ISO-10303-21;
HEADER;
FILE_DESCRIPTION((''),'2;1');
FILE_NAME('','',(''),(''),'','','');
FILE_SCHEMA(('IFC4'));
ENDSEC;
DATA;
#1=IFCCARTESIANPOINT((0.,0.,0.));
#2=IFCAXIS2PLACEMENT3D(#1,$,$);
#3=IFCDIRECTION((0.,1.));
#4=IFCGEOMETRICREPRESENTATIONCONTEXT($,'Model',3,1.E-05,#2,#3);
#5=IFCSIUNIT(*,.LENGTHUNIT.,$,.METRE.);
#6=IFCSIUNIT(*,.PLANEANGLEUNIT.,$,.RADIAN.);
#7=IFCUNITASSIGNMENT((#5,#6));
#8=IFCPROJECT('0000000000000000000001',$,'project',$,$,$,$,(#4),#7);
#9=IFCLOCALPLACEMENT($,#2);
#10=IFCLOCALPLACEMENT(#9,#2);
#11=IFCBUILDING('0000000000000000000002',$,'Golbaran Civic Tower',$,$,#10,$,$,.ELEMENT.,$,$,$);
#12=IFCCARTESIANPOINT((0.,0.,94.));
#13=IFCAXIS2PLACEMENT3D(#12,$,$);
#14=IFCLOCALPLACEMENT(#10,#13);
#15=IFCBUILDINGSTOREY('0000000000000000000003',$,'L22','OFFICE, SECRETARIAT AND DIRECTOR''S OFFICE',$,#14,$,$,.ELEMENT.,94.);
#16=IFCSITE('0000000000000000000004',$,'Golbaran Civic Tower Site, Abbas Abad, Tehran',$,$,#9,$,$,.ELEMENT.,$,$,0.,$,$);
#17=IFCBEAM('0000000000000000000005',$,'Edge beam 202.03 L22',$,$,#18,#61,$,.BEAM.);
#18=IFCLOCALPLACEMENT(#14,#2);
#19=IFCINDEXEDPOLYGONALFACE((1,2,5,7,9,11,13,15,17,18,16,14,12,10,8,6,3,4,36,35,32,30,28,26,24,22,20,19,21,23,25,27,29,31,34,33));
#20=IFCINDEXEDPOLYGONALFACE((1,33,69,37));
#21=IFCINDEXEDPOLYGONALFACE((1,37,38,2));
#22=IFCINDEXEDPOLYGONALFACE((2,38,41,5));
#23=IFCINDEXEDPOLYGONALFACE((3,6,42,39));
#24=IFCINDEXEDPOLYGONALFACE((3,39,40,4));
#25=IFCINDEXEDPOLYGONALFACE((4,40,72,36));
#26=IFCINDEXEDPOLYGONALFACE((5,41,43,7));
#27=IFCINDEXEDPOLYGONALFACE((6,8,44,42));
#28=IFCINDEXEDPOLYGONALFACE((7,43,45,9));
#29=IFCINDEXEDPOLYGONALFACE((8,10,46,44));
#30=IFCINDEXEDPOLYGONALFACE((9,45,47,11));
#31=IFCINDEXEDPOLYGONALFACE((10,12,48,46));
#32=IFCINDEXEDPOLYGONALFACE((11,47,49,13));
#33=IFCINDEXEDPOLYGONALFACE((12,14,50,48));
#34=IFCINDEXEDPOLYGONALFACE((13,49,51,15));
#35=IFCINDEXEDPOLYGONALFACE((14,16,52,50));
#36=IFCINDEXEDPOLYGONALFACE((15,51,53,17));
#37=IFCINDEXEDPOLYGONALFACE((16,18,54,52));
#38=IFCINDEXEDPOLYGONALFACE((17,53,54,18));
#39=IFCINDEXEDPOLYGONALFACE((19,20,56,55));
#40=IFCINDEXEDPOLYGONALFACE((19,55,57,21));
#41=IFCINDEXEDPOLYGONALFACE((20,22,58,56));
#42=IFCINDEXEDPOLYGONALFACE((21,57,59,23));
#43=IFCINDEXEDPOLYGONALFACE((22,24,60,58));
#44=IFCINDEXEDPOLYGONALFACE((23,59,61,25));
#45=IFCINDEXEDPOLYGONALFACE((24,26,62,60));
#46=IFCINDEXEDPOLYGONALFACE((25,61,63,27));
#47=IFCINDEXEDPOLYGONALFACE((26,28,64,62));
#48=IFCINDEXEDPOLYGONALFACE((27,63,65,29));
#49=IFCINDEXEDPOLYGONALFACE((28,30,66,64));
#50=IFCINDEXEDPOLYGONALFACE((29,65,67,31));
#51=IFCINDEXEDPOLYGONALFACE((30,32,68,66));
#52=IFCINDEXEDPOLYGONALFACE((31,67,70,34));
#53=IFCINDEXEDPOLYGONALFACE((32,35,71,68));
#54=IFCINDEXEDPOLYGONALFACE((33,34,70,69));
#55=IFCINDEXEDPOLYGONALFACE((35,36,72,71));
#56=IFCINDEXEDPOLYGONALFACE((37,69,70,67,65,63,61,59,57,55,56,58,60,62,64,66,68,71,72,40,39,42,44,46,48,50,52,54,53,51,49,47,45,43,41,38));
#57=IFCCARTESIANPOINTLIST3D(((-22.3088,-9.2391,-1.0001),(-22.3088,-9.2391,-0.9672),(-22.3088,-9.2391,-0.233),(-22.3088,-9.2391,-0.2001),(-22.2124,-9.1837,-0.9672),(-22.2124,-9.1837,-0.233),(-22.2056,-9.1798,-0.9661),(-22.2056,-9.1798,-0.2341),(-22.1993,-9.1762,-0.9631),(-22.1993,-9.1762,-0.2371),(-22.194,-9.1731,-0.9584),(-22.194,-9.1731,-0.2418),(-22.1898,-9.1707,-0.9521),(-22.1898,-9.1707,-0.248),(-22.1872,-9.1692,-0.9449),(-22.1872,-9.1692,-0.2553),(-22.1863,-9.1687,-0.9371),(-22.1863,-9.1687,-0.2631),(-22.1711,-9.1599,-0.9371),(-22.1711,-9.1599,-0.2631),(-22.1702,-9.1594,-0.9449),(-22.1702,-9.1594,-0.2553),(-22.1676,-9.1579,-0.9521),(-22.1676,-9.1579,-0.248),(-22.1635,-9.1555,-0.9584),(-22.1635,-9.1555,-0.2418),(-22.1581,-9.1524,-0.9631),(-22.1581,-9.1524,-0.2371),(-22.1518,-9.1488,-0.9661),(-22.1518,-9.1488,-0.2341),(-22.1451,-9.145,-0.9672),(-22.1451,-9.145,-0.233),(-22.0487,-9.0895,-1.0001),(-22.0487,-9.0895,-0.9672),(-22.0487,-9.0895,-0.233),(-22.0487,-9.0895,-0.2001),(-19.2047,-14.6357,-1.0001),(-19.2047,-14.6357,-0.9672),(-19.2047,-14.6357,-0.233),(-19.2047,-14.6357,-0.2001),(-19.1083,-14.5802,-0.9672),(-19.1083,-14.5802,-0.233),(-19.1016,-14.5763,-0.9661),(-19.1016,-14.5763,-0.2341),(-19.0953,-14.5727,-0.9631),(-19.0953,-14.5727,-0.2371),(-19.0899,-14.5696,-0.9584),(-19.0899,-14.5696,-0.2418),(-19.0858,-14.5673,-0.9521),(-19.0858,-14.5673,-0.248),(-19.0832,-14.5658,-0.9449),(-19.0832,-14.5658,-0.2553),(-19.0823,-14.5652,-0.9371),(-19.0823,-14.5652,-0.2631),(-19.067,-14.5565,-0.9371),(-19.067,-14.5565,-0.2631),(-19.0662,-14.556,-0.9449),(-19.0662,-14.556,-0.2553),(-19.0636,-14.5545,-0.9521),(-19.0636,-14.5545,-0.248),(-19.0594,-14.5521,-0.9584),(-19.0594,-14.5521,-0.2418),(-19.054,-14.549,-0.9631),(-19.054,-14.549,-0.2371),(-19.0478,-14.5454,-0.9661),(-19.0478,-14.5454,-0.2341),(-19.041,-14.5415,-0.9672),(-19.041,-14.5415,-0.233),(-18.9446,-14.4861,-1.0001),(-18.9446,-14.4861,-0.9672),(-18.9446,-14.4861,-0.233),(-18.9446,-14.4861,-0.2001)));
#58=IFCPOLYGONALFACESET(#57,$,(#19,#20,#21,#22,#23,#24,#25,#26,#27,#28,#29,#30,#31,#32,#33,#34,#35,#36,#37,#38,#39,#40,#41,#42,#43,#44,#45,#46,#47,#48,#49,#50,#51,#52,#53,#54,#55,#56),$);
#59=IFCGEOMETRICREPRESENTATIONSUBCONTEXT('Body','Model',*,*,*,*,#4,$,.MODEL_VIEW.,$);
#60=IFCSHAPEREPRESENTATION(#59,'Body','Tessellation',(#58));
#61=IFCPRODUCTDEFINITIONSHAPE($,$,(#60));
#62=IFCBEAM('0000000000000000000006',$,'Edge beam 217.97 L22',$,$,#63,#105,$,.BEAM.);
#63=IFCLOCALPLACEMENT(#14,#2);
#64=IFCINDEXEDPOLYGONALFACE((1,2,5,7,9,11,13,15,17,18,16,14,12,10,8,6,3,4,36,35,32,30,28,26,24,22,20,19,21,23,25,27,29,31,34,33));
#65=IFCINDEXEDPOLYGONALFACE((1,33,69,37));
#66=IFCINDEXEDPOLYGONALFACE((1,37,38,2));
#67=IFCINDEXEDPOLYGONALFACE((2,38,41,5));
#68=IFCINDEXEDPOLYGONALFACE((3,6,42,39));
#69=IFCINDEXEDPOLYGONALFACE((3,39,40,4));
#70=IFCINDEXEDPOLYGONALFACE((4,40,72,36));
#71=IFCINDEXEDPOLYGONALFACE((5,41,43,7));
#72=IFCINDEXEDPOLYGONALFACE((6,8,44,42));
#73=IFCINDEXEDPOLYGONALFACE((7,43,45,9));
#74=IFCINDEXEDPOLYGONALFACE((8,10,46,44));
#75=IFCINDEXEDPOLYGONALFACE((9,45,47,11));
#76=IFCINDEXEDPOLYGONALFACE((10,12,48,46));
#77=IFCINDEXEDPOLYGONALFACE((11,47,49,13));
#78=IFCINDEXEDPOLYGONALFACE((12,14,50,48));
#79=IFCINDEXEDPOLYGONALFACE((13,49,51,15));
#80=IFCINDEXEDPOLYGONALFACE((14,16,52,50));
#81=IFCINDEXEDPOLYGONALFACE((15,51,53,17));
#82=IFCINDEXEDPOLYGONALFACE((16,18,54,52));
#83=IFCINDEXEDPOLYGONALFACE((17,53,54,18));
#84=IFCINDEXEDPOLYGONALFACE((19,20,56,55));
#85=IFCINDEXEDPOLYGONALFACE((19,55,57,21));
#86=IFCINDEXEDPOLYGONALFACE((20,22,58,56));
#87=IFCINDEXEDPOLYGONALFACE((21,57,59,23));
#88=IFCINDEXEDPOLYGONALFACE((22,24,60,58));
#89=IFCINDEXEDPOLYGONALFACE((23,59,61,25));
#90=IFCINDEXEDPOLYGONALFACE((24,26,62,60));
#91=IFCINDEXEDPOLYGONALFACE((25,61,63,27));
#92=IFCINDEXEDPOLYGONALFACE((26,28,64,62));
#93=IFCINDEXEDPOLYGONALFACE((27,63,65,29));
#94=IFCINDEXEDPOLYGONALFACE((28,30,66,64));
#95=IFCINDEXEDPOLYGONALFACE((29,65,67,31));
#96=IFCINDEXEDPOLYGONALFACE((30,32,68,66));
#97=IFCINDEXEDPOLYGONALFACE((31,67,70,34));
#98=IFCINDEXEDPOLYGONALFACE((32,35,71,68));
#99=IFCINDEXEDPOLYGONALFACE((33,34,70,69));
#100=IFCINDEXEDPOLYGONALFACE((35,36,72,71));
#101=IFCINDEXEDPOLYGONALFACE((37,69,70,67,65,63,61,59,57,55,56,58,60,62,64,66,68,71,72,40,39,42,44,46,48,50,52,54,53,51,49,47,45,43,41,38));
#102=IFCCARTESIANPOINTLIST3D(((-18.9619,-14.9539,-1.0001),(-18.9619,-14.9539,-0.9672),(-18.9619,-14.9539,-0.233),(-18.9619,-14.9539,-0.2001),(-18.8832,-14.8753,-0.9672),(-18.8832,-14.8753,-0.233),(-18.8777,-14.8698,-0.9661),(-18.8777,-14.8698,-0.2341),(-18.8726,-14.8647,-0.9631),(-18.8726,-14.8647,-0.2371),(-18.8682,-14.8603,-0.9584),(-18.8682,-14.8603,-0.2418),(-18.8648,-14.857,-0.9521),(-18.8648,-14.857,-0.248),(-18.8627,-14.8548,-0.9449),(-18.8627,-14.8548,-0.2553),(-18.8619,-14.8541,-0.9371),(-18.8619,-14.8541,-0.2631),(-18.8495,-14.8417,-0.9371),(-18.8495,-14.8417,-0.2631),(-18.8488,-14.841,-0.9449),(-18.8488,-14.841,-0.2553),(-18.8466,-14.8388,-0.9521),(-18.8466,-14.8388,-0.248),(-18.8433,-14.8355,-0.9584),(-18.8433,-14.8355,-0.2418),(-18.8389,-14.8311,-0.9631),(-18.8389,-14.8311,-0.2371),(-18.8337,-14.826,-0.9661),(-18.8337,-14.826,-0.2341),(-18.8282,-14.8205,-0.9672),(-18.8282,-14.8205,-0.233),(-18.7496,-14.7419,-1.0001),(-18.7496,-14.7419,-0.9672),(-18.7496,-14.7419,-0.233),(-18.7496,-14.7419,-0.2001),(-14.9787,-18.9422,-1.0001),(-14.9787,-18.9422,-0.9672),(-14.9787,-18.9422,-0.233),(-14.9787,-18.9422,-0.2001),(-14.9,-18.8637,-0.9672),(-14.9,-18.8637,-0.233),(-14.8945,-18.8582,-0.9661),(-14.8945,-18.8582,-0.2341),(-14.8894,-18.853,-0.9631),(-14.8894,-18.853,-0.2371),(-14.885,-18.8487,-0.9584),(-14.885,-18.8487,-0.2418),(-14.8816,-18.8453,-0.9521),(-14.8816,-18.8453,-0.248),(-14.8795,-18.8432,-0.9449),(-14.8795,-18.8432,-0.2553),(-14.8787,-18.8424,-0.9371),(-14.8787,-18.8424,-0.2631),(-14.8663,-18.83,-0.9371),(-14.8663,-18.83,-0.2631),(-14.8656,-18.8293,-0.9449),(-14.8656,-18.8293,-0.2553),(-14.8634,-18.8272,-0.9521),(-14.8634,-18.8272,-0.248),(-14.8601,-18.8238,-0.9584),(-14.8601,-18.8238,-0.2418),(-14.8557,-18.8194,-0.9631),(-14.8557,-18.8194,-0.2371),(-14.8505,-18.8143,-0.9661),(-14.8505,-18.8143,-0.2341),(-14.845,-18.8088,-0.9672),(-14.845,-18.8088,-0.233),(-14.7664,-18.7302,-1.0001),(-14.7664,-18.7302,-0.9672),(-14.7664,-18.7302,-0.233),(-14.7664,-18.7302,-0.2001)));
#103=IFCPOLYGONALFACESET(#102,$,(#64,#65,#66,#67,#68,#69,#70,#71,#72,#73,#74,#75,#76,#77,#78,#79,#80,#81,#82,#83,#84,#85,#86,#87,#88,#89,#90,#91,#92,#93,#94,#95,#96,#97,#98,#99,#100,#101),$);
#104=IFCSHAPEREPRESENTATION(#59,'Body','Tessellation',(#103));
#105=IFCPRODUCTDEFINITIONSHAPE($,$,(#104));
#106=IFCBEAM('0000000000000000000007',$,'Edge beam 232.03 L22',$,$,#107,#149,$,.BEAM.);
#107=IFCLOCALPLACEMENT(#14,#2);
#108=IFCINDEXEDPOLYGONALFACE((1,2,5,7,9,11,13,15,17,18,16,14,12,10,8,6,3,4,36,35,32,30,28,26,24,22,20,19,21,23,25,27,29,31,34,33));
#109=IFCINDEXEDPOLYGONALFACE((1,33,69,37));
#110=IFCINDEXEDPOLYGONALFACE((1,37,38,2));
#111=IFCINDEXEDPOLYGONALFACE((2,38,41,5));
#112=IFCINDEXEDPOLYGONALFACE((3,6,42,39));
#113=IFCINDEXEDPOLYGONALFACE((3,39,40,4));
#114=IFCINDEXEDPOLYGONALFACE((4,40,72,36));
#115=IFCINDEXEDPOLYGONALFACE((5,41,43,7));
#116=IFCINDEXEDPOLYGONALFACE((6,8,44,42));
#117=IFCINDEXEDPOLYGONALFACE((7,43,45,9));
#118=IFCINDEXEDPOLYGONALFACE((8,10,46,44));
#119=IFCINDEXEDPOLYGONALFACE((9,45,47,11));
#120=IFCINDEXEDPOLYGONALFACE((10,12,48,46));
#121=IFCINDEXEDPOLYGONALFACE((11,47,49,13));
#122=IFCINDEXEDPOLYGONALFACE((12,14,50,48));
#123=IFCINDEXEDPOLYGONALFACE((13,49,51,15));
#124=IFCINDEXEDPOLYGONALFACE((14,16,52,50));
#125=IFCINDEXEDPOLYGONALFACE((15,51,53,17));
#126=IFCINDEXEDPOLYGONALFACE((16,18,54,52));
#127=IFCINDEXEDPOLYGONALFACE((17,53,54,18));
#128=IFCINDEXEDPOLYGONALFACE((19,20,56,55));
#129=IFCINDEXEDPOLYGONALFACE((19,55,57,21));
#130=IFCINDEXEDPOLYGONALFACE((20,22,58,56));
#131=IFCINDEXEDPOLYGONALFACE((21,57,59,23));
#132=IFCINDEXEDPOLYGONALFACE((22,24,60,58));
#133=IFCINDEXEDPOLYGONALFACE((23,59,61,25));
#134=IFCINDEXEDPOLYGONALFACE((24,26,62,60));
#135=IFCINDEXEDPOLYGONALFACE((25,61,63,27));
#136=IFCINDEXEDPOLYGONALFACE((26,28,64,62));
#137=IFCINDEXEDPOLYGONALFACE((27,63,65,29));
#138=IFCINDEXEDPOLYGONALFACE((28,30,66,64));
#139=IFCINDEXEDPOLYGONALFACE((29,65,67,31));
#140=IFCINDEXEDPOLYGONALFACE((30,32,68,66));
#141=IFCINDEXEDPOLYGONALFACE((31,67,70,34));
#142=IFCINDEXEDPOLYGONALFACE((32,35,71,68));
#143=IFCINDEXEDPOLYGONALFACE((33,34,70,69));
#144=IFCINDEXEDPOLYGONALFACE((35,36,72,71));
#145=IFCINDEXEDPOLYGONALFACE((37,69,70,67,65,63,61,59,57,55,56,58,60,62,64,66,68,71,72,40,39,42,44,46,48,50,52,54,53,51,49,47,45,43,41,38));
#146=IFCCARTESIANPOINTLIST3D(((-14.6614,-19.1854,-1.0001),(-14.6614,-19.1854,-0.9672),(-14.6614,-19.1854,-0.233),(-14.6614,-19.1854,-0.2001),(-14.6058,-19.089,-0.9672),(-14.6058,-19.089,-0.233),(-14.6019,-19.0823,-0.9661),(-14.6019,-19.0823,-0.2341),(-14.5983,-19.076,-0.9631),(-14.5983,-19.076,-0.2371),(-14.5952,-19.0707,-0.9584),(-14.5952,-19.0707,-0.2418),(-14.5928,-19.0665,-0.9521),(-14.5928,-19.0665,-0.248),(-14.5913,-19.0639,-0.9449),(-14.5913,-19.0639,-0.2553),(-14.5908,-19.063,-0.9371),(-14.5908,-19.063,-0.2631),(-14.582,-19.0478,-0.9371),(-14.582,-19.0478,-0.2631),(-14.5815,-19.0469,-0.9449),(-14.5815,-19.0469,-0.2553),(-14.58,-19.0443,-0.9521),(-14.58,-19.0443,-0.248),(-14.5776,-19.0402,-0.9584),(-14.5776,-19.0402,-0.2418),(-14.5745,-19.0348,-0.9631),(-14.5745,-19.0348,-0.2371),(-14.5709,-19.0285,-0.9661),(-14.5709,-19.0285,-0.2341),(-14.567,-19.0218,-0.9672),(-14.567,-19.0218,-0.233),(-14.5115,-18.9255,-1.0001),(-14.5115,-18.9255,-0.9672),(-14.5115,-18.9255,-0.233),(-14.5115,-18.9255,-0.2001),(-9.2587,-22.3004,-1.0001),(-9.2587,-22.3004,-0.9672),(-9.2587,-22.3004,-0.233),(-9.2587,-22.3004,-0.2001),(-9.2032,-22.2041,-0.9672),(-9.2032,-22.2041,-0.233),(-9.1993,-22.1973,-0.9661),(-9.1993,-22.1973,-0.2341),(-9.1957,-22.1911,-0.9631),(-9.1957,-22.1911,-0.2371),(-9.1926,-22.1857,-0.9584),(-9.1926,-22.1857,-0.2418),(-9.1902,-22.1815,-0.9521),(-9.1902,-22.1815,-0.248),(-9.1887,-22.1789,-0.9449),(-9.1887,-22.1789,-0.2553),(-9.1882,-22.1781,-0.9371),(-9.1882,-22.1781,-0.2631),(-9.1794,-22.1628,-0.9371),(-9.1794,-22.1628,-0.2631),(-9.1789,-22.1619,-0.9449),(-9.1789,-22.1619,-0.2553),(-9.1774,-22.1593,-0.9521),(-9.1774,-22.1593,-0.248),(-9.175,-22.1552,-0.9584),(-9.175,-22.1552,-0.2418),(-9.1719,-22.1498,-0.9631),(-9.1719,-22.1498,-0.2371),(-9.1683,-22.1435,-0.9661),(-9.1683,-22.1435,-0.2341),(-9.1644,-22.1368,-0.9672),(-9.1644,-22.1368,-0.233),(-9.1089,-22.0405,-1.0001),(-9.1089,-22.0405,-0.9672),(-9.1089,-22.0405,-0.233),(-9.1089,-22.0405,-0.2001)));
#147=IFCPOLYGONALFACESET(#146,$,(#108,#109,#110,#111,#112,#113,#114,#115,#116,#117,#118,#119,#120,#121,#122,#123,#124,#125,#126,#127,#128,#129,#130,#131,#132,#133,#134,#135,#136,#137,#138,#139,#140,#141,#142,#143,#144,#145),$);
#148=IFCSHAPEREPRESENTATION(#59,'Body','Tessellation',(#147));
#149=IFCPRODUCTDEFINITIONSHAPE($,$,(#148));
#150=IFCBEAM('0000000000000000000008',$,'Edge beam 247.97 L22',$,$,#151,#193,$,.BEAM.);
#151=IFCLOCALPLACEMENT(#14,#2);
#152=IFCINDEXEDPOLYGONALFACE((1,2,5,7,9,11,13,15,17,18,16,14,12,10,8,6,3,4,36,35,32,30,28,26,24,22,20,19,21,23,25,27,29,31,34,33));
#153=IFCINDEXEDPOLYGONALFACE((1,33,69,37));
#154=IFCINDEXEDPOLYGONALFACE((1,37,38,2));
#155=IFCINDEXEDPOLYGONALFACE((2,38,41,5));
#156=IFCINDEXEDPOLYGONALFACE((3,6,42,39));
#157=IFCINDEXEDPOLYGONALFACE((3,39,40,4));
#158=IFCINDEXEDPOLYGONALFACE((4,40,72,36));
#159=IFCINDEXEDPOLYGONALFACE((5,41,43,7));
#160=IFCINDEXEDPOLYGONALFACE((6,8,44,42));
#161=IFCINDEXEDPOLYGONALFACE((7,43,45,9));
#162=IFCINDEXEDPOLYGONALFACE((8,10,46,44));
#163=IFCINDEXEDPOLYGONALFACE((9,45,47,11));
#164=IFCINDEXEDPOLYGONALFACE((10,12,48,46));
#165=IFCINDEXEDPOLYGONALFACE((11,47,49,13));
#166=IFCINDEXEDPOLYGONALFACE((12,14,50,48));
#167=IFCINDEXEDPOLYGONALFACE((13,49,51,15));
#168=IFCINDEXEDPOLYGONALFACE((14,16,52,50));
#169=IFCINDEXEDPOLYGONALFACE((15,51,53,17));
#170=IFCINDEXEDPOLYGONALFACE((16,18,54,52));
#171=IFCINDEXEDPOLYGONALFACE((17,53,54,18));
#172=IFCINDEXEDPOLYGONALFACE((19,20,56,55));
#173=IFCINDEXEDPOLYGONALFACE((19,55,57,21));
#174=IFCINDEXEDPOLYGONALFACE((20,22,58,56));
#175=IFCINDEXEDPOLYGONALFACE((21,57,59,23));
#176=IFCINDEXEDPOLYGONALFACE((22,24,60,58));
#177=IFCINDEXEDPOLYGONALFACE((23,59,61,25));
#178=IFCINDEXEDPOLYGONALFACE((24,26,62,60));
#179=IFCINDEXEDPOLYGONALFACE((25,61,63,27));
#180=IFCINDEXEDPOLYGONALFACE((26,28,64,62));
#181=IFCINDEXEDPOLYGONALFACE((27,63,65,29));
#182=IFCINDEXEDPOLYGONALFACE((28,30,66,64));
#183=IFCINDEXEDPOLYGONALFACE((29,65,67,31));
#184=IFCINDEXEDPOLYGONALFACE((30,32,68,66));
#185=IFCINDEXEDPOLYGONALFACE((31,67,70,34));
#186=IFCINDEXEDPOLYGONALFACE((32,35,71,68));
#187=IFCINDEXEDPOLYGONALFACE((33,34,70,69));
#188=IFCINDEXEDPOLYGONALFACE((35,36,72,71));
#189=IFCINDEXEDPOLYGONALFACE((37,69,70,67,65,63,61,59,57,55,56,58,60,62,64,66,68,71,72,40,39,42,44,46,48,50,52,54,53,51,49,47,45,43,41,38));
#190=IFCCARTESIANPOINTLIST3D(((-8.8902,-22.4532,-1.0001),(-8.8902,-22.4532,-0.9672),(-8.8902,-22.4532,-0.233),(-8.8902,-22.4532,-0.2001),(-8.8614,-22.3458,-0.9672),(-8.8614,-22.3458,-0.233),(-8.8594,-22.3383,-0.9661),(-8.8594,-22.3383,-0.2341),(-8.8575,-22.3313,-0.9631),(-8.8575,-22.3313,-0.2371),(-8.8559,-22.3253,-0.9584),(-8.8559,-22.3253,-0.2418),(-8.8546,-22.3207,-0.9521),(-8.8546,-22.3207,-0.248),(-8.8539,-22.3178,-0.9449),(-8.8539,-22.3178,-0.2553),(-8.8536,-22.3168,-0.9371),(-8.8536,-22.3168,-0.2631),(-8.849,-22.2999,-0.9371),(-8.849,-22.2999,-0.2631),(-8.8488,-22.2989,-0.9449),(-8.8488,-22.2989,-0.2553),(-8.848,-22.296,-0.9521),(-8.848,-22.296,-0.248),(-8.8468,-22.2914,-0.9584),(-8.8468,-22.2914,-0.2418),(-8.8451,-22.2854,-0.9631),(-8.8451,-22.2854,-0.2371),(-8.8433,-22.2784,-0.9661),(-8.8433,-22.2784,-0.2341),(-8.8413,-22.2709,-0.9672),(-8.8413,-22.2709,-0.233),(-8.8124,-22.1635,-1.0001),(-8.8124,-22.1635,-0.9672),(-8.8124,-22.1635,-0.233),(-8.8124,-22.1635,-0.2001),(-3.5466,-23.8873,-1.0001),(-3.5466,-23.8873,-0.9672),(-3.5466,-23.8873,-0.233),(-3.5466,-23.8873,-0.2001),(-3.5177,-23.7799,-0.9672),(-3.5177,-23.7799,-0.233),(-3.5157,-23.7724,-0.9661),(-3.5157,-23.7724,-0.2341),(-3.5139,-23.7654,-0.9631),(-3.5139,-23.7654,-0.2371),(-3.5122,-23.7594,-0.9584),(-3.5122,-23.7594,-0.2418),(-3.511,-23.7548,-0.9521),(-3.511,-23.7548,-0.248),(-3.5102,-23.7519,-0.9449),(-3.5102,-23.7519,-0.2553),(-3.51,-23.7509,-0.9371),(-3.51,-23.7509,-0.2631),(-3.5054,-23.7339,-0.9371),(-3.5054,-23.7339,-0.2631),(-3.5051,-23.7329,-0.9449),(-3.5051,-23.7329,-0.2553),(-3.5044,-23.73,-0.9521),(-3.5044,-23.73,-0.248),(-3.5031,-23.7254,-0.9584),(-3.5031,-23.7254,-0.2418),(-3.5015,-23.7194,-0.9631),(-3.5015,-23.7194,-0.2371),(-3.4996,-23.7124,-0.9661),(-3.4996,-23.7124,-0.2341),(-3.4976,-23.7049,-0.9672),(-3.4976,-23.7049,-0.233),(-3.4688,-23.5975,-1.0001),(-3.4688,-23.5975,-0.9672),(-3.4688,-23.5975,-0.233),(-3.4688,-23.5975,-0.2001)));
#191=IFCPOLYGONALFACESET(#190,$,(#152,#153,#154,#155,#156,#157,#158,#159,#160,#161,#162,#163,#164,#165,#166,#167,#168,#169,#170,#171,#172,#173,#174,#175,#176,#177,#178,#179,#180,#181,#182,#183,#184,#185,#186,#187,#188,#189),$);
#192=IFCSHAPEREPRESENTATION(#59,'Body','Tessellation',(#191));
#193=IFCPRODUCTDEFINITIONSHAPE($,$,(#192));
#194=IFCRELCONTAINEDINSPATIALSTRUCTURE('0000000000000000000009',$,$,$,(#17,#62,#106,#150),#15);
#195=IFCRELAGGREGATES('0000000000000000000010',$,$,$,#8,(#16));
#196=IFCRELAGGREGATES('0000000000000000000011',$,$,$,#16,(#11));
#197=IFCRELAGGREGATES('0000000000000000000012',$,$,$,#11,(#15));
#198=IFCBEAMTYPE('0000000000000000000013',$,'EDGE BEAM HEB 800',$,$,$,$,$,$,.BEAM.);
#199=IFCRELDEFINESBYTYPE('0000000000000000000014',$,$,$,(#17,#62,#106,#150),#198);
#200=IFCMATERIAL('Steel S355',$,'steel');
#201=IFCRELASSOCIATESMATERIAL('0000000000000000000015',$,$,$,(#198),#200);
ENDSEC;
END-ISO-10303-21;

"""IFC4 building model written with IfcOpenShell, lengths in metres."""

from ifc_helpers import new_model, si_unit, direction, frame, origin, origin_2d, place, context, subcontext, project, spatial, i_section, extrude, material, material_profile, profile_set, type_object, element, save


model = new_model("IFC4")

# Units and contexts
model_context = context("Model", 3, precision=1e-05, world=origin(), true_north=direction((0.0, 1.0)))
body_context = subcontext(model_context, "Body", "Model", "MODEL_VIEW")
ifc_project = project(units=[si_unit("LENGTHUNIT", "METRE"), si_unit("PLANEANGLEUNIT", "RADIAN")], contexts=[model_context])

# Site, building, storey
site_placement = place(None, origin())
site = spatial("IfcSite", under=ifc_project, at=site_placement, Name="Golbaran Civic Tower Site, Abbas Abad, Tehran", CompositionType="ELEMENT", RefElevation=0.0)
building_placement = place(site_placement, origin())
building = spatial("IfcBuilding", under=site, at=building_placement, Name="Golbaran Civic Tower", CompositionType="ELEMENT")
storey_placement = place(building_placement, frame((0.0, 0.0, 94.0)))
storey = spatial("IfcBuildingStorey", under=building, at=storey_placement, Name="L22", Description="OFFICE, SECRETARIAT AND DIRECTOR'S OFFICE", CompositionType="ELEMENT", Elevation=94.0)

# Beams
ifc_material_1 = material(Name="Steel S355", Category="steel")
ifc_material_profile_1 = material_profile(ifc_material_1, i_section(OverallWidth=0.3, OverallDepth=0.8, WebThickness=0.0176, FlangeThickness=0.033, FilletRadius=0.03, at=origin_2d()), Name="HEB 800")
ifc_profile_set_1 = profile_set([ifc_material_profile_1], Name="Steel S355")
beam_type_1 = type_object("IfcBeamType", Name="EDGE BEAM HEB 800", PredefinedType="BEAM", material=ifc_profile_set_1)
beam_1_placement = place(storey_placement, frame((-22.1787, -9.1643, -0.6001), z_axis=(0.498595, -0.866835, 0.0), x_axis=(0.866835, 0.498595, 0.0)))
element("IfcBeam", 1, at=beam_1_placement, inside=storey, type_object=beam_type_1, Name="Edge beam 202.03 L22", PredefinedType="BEAM", context=body_context, shape_type="SweptSolid", body=[
    extrude(i_section(OverallWidth=0.3, OverallDepth=0.8, WebThickness=0.0176, FlangeThickness=0.033, FilletRadius=0.03, at=origin_2d()), origin(), (0.0, 0.0, 1.0), 6.2256),
])
beam_2_placement = place(storey_placement, frame((-18.8557, -14.8479, -0.6001), z_axis=(0.706652, -0.707561, 0.0), x_axis=(0.707561, 0.706652, 0.0)))
element("IfcBeam", 2, at=beam_2_placement, inside=storey, type_object=beam_type_1, Name="Edge beam 217.97 L22", PredefinedType="BEAM", context=body_context, shape_type="SweptSolid", body=[
    extrude(i_section(OverallWidth=0.3, OverallDepth=0.8, WebThickness=0.0176, FlangeThickness=0.033, FilletRadius=0.03, at=origin_2d()), origin(), (0.0, 0.0, 1.0), 5.6367),
])
beam_3_placement = place(storey_placement, frame((-14.5864, -19.0554, -0.6001), z_axis=(0.866317, -0.499495, 0.0), x_axis=(0.499495, 0.866317, 0.0)))
element("IfcBeam", 3, at=beam_3_placement, inside=storey, type_object=beam_type_1, Name="Edge beam 232.03 L22", PredefinedType="BEAM", context=body_context, shape_type="SweptSolid", body=[
    extrude(i_section(OverallWidth=0.3, OverallDepth=0.8, WebThickness=0.0176, FlangeThickness=0.033, FilletRadius=0.03, at=origin_2d()), origin(), (0.0, 0.0, 1.0), 6.2363),
])
beam_4_placement = place(storey_placement, frame((-8.8513, -22.3083, -0.6001), z_axis=(0.965825, -0.259195, 0.0), x_axis=(0.259195, 0.965825, 0.0)))
element("IfcBeam", 4, at=beam_4_placement, inside=storey, type_object=beam_type_1, Name="Edge beam 247.97 L22", PredefinedType="BEAM", context=body_context, shape_type="SweptSolid", body=[
    extrude(i_section(OverallWidth=0.3, OverallDepth=0.8, WebThickness=0.0176, FlangeThickness=0.033, FilletRadius=0.03, at=origin_2d()), origin(), (0.0, 0.0, 1.0), 5.5327),
])

save(model, "model.ifc")
